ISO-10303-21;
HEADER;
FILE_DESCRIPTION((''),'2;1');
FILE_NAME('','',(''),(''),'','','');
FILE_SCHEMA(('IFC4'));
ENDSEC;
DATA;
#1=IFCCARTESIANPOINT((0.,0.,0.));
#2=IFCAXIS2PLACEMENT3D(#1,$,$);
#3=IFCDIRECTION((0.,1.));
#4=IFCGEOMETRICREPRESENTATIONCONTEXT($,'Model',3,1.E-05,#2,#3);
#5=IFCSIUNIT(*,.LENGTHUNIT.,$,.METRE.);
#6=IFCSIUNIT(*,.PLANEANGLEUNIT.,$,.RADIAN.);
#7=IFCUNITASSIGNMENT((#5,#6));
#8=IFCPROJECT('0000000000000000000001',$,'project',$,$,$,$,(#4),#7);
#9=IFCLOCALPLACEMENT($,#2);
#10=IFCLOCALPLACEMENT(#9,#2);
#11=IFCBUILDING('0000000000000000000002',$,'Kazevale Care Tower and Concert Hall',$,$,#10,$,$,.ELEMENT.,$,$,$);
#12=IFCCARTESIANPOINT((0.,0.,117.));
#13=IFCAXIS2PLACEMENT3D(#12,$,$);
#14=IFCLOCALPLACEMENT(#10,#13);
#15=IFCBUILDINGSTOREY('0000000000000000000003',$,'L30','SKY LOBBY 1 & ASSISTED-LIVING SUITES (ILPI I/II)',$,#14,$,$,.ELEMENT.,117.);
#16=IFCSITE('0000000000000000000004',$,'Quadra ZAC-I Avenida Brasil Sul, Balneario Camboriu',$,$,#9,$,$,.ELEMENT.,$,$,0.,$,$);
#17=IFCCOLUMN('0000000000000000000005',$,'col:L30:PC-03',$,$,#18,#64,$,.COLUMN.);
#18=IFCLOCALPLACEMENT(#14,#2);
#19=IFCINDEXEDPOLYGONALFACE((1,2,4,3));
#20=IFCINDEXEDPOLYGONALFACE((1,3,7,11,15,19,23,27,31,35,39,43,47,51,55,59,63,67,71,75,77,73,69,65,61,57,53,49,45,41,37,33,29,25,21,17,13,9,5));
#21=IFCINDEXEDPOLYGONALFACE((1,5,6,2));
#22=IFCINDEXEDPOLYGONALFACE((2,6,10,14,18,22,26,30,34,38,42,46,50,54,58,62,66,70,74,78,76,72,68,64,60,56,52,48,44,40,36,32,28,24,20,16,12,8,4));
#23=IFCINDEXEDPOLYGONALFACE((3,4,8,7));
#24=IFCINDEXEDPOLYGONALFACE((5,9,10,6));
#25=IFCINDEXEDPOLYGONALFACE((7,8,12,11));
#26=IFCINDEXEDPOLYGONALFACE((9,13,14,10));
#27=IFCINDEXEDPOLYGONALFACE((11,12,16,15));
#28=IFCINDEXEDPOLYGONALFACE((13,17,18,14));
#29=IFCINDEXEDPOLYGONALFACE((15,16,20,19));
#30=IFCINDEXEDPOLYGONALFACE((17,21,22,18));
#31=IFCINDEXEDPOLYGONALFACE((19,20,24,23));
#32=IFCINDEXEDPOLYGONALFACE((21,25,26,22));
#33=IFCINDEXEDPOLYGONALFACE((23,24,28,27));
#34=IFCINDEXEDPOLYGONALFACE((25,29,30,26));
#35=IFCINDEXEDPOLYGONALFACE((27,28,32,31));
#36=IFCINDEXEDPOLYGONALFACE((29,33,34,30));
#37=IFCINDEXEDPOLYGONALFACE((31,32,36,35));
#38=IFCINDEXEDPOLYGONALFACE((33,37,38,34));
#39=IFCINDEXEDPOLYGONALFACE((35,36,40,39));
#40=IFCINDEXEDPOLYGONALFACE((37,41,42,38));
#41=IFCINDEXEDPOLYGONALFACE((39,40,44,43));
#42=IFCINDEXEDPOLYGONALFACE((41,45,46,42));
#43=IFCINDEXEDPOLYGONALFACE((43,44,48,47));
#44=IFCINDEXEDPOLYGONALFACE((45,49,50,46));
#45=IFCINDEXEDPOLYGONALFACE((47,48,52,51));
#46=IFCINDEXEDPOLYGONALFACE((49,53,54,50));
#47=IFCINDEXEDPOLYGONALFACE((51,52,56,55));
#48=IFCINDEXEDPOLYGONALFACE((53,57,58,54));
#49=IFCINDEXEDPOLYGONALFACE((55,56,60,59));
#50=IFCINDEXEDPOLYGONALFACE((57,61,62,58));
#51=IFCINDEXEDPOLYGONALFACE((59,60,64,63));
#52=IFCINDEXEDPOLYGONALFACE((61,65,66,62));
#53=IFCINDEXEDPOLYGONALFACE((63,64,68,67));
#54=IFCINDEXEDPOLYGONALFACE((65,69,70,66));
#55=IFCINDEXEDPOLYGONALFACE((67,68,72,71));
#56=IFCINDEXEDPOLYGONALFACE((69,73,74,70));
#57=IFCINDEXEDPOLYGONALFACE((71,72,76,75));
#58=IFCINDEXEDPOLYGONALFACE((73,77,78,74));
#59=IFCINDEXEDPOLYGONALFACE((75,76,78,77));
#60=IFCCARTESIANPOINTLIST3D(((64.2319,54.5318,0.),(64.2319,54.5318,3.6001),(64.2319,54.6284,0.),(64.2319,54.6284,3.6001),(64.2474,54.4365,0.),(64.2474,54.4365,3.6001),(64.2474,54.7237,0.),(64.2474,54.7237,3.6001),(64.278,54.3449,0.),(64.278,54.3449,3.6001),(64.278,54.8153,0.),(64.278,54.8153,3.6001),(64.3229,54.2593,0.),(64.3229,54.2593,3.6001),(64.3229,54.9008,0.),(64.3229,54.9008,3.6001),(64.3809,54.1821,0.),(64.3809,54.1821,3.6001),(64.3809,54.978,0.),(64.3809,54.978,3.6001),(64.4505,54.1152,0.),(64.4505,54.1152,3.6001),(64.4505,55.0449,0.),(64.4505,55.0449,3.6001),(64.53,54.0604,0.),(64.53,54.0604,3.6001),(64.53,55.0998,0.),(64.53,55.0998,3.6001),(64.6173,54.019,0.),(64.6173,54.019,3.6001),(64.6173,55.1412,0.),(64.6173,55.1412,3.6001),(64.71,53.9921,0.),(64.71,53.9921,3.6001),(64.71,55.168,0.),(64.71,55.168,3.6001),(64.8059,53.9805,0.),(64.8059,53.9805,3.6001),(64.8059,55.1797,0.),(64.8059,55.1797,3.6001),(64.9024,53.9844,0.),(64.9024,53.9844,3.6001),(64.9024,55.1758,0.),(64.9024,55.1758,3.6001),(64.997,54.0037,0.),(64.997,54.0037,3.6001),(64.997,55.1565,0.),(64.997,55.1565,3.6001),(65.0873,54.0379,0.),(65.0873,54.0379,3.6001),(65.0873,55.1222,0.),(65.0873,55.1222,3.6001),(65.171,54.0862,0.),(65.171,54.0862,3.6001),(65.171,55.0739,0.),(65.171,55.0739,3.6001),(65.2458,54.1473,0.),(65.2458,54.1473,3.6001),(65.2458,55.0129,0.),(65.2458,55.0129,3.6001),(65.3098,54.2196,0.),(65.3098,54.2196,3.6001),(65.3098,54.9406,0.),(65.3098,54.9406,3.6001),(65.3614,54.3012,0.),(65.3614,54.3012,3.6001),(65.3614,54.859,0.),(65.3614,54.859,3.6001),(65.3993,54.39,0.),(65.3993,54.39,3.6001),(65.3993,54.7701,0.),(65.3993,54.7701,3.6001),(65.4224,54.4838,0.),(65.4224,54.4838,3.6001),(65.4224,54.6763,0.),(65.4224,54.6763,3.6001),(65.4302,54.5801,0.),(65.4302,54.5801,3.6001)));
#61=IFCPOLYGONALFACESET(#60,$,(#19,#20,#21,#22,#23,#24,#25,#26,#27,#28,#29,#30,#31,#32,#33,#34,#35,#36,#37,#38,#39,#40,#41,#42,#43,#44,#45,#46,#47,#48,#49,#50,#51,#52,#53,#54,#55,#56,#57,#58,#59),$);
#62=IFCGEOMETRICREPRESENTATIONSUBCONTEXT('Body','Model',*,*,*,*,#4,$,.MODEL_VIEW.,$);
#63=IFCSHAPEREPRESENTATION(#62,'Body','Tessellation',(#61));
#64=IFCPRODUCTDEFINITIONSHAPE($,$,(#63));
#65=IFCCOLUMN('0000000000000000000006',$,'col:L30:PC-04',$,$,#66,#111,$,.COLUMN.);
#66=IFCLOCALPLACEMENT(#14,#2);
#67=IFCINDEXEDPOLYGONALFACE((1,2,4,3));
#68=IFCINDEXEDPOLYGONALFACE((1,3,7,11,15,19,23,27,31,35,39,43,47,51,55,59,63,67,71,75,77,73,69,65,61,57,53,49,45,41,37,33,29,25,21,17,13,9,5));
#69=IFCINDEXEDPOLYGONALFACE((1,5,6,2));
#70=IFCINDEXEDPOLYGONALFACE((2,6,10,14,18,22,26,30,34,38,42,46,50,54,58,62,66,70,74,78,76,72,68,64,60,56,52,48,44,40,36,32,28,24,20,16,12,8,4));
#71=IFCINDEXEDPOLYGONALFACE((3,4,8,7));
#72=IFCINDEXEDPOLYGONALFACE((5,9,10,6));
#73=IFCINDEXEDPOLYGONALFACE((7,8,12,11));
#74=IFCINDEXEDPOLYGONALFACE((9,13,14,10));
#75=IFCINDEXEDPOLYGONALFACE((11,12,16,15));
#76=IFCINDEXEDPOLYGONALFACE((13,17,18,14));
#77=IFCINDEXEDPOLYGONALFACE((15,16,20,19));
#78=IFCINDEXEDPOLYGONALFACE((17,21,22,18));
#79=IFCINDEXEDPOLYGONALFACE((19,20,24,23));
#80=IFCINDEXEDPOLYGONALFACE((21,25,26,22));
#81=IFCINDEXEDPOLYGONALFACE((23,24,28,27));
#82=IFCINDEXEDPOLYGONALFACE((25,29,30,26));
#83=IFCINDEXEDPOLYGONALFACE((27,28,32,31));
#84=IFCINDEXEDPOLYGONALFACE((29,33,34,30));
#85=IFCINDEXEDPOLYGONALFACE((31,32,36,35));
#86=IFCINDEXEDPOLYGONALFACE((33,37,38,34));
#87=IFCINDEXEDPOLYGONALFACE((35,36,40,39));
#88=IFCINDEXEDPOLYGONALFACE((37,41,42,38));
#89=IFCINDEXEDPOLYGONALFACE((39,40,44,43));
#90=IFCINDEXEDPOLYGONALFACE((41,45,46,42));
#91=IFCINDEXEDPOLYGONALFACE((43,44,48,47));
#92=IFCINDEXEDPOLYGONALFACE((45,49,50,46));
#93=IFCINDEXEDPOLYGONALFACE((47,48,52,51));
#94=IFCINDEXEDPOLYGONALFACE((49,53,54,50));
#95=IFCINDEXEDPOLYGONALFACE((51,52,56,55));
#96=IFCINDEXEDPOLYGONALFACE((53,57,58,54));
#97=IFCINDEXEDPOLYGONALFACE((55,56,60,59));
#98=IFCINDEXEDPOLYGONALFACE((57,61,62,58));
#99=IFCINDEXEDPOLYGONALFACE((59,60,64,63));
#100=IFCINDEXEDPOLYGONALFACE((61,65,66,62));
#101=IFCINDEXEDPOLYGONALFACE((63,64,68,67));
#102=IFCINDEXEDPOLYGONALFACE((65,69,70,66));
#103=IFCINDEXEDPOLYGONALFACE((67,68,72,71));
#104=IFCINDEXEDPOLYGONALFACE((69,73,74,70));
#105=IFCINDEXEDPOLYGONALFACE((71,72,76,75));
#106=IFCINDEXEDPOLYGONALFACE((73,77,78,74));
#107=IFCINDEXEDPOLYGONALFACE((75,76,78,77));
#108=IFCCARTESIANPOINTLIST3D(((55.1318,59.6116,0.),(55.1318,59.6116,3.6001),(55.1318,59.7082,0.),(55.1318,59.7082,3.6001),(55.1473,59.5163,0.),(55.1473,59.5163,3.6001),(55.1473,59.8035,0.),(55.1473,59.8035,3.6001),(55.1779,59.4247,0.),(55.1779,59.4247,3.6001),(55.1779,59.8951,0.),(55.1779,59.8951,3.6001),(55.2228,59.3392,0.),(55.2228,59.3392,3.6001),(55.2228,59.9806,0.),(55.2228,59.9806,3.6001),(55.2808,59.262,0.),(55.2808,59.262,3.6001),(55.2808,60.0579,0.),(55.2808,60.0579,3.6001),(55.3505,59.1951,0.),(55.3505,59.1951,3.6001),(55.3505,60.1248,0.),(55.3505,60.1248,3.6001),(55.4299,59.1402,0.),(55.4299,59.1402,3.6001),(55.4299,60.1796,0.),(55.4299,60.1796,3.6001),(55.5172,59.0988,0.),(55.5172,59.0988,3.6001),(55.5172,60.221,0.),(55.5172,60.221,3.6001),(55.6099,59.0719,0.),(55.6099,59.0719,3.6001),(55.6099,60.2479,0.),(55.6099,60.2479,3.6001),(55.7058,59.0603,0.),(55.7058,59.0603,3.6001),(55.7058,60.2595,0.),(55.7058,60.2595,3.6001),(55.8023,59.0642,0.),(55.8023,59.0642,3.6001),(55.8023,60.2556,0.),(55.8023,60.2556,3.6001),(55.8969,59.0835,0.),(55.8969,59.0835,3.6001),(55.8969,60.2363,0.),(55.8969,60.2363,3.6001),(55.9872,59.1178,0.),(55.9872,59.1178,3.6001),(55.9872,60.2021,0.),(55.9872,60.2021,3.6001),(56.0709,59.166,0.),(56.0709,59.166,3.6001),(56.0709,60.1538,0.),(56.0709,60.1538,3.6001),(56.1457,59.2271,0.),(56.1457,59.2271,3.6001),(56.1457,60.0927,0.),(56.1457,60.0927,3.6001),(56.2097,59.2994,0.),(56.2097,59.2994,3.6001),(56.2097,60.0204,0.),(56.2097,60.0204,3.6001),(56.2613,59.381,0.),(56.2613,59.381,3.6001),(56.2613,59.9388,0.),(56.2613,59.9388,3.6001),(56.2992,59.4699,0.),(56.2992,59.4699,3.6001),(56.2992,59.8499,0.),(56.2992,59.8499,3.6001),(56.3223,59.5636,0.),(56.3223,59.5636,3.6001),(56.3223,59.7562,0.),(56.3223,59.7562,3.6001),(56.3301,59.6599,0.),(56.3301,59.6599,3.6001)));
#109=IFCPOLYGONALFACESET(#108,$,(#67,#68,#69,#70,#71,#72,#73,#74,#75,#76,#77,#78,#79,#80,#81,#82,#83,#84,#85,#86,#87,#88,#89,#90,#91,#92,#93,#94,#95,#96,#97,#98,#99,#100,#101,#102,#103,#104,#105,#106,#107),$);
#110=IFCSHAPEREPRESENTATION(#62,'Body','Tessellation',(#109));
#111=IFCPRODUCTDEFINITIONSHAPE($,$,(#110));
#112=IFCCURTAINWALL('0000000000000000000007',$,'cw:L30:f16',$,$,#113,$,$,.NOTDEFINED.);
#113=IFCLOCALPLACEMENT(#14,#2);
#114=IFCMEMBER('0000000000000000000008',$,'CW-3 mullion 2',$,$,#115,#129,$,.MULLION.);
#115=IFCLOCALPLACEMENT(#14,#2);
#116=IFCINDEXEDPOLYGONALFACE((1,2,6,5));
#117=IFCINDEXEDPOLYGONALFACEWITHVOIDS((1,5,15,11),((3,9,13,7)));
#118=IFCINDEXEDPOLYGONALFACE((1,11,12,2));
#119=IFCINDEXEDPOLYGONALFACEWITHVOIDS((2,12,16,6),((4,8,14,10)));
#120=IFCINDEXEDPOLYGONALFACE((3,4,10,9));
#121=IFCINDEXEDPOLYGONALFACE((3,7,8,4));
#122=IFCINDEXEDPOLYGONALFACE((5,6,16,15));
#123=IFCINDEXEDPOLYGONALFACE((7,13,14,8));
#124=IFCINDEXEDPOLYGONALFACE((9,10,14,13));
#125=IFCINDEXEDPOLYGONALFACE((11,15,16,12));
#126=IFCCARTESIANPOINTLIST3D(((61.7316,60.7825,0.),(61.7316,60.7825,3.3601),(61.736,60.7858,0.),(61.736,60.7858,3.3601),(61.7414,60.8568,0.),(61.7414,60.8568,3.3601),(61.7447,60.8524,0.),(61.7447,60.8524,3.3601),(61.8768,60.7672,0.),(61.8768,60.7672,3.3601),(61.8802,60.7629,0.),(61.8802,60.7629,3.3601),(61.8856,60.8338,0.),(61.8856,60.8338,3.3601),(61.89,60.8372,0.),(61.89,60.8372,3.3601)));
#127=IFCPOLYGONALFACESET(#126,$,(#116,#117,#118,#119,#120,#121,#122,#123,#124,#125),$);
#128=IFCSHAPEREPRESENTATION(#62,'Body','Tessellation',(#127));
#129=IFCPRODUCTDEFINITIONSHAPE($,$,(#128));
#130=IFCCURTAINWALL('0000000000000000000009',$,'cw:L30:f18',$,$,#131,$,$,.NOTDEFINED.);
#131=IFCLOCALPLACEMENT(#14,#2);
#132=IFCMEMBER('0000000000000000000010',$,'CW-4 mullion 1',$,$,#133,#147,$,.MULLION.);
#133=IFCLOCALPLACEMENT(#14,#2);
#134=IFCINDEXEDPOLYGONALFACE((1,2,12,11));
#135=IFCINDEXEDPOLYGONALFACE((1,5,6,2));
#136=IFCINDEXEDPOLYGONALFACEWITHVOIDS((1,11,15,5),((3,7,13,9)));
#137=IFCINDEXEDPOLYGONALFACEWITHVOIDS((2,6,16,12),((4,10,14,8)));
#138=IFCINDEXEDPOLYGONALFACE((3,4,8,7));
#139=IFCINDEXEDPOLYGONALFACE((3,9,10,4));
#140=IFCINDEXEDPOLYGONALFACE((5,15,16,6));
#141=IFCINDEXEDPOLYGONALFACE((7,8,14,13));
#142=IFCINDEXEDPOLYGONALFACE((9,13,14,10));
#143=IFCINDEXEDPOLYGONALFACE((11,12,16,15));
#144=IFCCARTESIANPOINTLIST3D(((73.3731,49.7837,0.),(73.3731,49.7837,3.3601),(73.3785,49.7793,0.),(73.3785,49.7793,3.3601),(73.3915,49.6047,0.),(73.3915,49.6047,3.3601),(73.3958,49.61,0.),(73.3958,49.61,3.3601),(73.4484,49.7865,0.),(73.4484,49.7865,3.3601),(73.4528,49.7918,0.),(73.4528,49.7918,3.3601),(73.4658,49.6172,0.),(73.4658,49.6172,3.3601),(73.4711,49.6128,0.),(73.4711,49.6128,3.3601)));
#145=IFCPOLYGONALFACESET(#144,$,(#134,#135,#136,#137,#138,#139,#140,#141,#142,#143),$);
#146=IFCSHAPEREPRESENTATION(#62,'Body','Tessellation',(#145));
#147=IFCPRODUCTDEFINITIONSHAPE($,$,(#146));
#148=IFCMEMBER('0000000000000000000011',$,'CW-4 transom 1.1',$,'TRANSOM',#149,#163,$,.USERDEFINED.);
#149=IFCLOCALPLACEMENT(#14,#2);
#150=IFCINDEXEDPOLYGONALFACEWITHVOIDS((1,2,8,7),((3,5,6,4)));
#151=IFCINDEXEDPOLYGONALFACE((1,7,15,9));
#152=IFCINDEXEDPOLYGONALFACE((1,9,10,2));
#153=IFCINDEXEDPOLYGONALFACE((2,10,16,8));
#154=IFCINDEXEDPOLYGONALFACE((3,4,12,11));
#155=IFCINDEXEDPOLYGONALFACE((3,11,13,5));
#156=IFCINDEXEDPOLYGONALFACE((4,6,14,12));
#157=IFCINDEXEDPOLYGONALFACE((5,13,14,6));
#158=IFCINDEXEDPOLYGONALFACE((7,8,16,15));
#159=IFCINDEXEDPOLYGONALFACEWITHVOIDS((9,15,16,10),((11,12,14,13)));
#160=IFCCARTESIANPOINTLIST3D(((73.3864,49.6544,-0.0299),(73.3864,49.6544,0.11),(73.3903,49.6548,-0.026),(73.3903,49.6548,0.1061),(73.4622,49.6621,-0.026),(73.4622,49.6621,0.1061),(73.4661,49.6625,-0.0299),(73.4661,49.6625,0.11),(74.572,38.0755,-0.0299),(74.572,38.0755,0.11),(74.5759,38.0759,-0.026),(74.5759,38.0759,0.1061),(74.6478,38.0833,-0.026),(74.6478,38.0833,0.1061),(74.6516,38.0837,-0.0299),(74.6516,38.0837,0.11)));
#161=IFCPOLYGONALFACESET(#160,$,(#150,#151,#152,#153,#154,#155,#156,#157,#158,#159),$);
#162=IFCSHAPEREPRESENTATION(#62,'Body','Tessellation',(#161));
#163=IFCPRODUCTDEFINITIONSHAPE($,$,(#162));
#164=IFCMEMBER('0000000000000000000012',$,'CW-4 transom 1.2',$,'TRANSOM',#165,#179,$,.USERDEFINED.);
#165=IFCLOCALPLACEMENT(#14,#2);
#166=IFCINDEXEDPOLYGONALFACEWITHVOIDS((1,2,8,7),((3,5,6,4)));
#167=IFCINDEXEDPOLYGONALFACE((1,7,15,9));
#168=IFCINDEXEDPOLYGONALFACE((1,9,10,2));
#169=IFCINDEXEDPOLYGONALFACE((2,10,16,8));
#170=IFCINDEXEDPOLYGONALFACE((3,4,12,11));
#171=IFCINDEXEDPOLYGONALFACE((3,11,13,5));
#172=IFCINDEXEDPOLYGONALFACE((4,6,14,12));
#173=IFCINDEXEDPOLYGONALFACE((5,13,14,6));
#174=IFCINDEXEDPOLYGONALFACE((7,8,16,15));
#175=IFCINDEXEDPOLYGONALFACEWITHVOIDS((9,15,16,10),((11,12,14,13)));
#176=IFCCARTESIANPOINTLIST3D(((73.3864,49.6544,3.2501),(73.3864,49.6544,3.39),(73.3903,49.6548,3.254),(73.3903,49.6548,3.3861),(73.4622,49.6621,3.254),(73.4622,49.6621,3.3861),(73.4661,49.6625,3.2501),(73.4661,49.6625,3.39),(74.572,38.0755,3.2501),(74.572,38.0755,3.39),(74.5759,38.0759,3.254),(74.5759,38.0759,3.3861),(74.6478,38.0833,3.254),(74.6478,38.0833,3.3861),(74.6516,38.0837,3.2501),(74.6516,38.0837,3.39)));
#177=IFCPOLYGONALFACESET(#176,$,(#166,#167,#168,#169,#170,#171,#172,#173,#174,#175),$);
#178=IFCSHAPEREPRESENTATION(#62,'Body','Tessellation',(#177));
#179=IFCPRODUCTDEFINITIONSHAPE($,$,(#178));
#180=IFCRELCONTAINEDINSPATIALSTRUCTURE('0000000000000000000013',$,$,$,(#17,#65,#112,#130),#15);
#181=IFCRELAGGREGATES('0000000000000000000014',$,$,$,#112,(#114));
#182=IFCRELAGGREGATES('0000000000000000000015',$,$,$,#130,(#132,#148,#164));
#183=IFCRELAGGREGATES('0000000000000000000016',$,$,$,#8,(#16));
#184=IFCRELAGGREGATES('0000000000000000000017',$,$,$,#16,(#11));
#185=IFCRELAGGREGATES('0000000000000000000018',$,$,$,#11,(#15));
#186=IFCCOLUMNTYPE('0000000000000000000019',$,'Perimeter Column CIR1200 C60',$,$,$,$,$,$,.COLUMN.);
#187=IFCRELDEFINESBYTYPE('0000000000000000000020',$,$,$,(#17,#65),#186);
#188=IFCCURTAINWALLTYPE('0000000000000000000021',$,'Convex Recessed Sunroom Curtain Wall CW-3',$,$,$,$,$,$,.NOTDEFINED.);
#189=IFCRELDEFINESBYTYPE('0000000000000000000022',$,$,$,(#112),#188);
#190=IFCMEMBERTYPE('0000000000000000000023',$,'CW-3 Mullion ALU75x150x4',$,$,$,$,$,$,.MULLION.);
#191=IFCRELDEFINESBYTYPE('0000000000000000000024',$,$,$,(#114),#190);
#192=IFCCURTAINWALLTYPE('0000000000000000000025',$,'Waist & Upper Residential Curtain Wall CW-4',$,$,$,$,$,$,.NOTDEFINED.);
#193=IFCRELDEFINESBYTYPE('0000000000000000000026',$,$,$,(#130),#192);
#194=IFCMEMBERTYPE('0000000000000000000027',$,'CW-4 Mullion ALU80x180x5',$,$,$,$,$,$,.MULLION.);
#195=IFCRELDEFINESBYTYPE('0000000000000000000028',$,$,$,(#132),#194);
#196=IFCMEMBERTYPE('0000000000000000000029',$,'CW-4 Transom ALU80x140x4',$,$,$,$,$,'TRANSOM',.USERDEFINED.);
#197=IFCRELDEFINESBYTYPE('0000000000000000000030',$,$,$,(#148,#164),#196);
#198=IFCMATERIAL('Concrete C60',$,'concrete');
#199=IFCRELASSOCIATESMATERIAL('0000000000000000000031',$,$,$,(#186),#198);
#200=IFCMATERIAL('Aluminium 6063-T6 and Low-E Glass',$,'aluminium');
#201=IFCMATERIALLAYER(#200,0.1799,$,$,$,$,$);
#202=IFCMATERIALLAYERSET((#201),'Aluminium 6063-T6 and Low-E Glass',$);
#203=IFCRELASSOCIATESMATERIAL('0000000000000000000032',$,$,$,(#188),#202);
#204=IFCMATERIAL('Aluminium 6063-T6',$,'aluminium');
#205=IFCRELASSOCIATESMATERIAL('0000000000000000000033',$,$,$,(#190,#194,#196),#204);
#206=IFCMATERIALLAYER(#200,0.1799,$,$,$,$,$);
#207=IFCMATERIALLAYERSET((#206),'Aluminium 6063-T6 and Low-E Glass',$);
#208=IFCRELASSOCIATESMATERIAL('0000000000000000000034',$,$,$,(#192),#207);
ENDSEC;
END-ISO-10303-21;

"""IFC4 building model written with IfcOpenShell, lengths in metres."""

from ifc_helpers import new_model, si_unit, direction, frame, origin, origin_2d, place, context, subcontext, project, spatial, hollow_rectangle, circle, extrude, material, layer, layer_set, material_profile, profile_set, type_object, element, aggregate, save


model = new_model("IFC4")

# Units and contexts
model_context = context("Model", 3, precision=1e-05, world=origin(), true_north=direction((0.0, 1.0)))
body_context = subcontext(model_context, "Body", "Model", "MODEL_VIEW")
ifc_project = project(units=[si_unit("LENGTHUNIT", "METRE"), si_unit("PLANEANGLEUNIT", "RADIAN")], contexts=[model_context])

# Site, building, storey
site_placement = place(None, origin())
site = spatial("IfcSite", under=ifc_project, at=site_placement, Name="Quadra ZAC-I Avenida Brasil Sul, Balneario Camboriu", CompositionType="ELEMENT", RefElevation=0.0)
building_placement = place(site_placement, origin())
building = spatial("IfcBuilding", under=site, at=building_placement, Name="Kazevale Care Tower and Concert Hall", CompositionType="ELEMENT")
storey_placement = place(building_placement, frame((0.0, 0.0, 117.0)))
storey = spatial("IfcBuildingStorey", under=building, at=storey_placement, Name="L30", Description="SKY LOBBY 1 & ASSISTED-LIVING SUITES (ILPI I/II)", CompositionType="ELEMENT", Elevation=117.0)

# Columns
ifc_material_1 = material(Name="Concrete C60", Category="concrete")
ifc_material_profile_1 = material_profile(ifc_material_1, circle(Radius=0.6001, at=origin_2d()), Name="RC-CIR1200")
ifc_profile_set_1 = profile_set([ifc_material_profile_1], Name="Concrete C60")
column_type = type_object("IfcColumnType", Name="Perimeter Column CIR1200 C60", PredefinedType="COLUMN", material=ifc_profile_set_1)
for number, where, z_axis, x_axis, name in (
    (1, (64.8301, 54.5801, 0.0), (0.0, 0.0, 1.0), (1.0, 0.0, 0.0), "col:L30:PC-03"),
    (2, (55.73, 59.6599, 0.0), (0.0, 0.0, 1.0), (1.0, 0.0, 0.0), "col:L30:PC-04"),
):
    element("IfcColumn", number, at=place(storey_placement, frame(where, z_axis=z_axis, x_axis=x_axis)), inside=storey, type_object=column_type, Name=name, PredefinedType="COLUMN", context=body_context, shape_type="SweptSolid", body=[
        extrude(circle(Radius=0.6001, at=origin_2d()), origin(), (0.0, 0.0, 1.0), 3.6001),
    ])

# Curtain wall, member
ifc_material_2 = material(Name="Aluminium 6063-T6 and Low-E Glass", Category="aluminium")
ifc_layer_1 = layer(ifc_material_2, 0.1799)
ifc_layer_set_1 = layer_set([ifc_layer_1], Name="Aluminium 6063-T6 and Low-E Glass")
curtain_wall_type_1 = type_object("IfcCurtainWallType", Name="Convex Recessed Sunroom Curtain Wall CW-3", PredefinedType="NOTDEFINED", material=ifc_layer_set_1)
curtain_wall_1_placement = place(storey_placement, origin())
curtain_wall_1 = element("IfcCurtainWall", 3, at=curtain_wall_1_placement, inside=storey, type_object=curtain_wall_type_1, Name="cw:L30:f16", PredefinedType="NOTDEFINED")
ifc_material_3 = material(Name="Aluminium 6063-T6", Category="aluminium")
ifc_material_profile_2 = material_profile(ifc_material_3, hollow_rectangle(XDim=0.075, YDim=0.1499, WallThickness=0.0039, at=origin_2d()), Name="ALU75x150x4")
ifc_profile_set_2 = profile_set([ifc_material_profile_2], Name="Aluminium 6063-T6")
member_type_1 = type_object("IfcMemberType", Name="CW-3 Mullion ALU75x150x4", PredefinedType="MULLION", material=ifc_profile_set_2)
member_1_placement = place(storey_placement, frame((61.8108, 60.8098, 0.0), z_axis=(0.0, 0.0, 1.0), x_axis=(0.130822, 0.991406, 0.0)))
member_1 = element("IfcMember", 4, at=member_1_placement, type_object=member_type_1, Name="CW-3 mullion 2", PredefinedType="MULLION", context=body_context, shape_type="SweptSolid", body=[
    extrude(hollow_rectangle(XDim=0.075, YDim=0.1499, WallThickness=0.0039, at=origin_2d()), origin(), (0.0, 0.0, 1.0), 3.3601),
])
aggregate(curtain_wall_1, [member_1])

# Curtain wall, members
ifc_layer_2 = layer(ifc_material_2, 0.1799)
ifc_layer_set_2 = layer_set([ifc_layer_2], Name="Aluminium 6063-T6 and Low-E Glass")
curtain_wall_type_2 = type_object("IfcCurtainWallType", Name="Waist & Upper Residential Curtain Wall CW-4", PredefinedType="NOTDEFINED", material=ifc_layer_set_2)
curtain_wall_2_placement = place(storey_placement, origin())
curtain_wall_2 = element("IfcCurtainWall", 5, at=curtain_wall_2_placement, inside=storey, type_object=curtain_wall_type_2, Name="cw:L30:f18", PredefinedType="NOTDEFINED")
ifc_material_profile_3 = material_profile(ifc_material_3, hollow_rectangle(XDim=0.0801, YDim=0.1799, WallThickness=0.0049, at=origin_2d()), Name="ALU80x180x5")
ifc_profile_set_3 = profile_set([ifc_material_profile_3], Name="Aluminium 6063-T6")
member_type_2 = type_object("IfcMemberType", Name="CW-4 Mullion ALU80x180x5", PredefinedType="MULLION", material=ifc_profile_set_3)
member_2_placement = place(storey_placement, frame((73.4221, 49.6982, 0.0), z_axis=(0.0, 0.0, 1.0), x_axis=(0.994798, 0.10187, 0.0)))
member_2 = element("IfcMember", 6, at=member_2_placement, type_object=member_type_2, Name="CW-4 mullion 1", PredefinedType="MULLION", context=body_context, shape_type="SweptSolid", body=[
    extrude(hollow_rectangle(XDim=0.0801, YDim=0.1799, WallThickness=0.0049, at=origin_2d()), origin(), (0.0, 0.0, 1.0), 3.3601),
])
ifc_material_profile_4 = material_profile(ifc_material_3, hollow_rectangle(XDim=0.0801, YDim=0.1399, WallThickness=0.0039, at=origin_2d()), Name="ALU80x140x4")
ifc_profile_set_4 = profile_set([ifc_material_profile_4], Name="Aluminium 6063-T6")
member_type_3 = type_object("IfcMemberType", Name="CW-4 Transom ALU80x140x4", ElementType="TRANSOM", PredefinedType="USERDEFINED", material=ifc_profile_set_4)
member_3_placement = place(storey_placement, frame((73.4263, 49.6584, 0.04), z_axis=(0.101856, -0.994799, 0.0), x_axis=(0.994799, 0.101856, 0.0)))
member_3 = element("IfcMember", 7, at=member_3_placement, type_object=member_type_3, Name="CW-4 transom 1.1", ObjectType="TRANSOM", PredefinedType="USERDEFINED", context=body_context, shape_type="SweptSolid", body=[
    extrude(hollow_rectangle(XDim=0.0801, YDim=0.1399, WallThickness=0.0039, at=origin_2d()), origin(), (0.0, 0.0, 1.0), 11.6394),
])
member_4_placement = place(storey_placement, frame((73.4263, 49.6584, 3.3201), z_axis=(0.101856, -0.994799, 0.0), x_axis=(0.994799, 0.101856, 0.0)))
member_4 = element("IfcMember", 8, at=member_4_placement, type_object=member_type_3, Name="CW-4 transom 1.2", ObjectType="TRANSOM", PredefinedType="USERDEFINED", context=body_context, shape_type="SweptSolid", body=[
    extrude(hollow_rectangle(XDim=0.0801, YDim=0.1399, WallThickness=0.0039, at=origin_2d()), origin(), (0.0, 0.0, 1.0), 11.6394),
])
aggregate(curtain_wall_2, [member_2, member_3, member_4])

save(model, "model.ifc")
